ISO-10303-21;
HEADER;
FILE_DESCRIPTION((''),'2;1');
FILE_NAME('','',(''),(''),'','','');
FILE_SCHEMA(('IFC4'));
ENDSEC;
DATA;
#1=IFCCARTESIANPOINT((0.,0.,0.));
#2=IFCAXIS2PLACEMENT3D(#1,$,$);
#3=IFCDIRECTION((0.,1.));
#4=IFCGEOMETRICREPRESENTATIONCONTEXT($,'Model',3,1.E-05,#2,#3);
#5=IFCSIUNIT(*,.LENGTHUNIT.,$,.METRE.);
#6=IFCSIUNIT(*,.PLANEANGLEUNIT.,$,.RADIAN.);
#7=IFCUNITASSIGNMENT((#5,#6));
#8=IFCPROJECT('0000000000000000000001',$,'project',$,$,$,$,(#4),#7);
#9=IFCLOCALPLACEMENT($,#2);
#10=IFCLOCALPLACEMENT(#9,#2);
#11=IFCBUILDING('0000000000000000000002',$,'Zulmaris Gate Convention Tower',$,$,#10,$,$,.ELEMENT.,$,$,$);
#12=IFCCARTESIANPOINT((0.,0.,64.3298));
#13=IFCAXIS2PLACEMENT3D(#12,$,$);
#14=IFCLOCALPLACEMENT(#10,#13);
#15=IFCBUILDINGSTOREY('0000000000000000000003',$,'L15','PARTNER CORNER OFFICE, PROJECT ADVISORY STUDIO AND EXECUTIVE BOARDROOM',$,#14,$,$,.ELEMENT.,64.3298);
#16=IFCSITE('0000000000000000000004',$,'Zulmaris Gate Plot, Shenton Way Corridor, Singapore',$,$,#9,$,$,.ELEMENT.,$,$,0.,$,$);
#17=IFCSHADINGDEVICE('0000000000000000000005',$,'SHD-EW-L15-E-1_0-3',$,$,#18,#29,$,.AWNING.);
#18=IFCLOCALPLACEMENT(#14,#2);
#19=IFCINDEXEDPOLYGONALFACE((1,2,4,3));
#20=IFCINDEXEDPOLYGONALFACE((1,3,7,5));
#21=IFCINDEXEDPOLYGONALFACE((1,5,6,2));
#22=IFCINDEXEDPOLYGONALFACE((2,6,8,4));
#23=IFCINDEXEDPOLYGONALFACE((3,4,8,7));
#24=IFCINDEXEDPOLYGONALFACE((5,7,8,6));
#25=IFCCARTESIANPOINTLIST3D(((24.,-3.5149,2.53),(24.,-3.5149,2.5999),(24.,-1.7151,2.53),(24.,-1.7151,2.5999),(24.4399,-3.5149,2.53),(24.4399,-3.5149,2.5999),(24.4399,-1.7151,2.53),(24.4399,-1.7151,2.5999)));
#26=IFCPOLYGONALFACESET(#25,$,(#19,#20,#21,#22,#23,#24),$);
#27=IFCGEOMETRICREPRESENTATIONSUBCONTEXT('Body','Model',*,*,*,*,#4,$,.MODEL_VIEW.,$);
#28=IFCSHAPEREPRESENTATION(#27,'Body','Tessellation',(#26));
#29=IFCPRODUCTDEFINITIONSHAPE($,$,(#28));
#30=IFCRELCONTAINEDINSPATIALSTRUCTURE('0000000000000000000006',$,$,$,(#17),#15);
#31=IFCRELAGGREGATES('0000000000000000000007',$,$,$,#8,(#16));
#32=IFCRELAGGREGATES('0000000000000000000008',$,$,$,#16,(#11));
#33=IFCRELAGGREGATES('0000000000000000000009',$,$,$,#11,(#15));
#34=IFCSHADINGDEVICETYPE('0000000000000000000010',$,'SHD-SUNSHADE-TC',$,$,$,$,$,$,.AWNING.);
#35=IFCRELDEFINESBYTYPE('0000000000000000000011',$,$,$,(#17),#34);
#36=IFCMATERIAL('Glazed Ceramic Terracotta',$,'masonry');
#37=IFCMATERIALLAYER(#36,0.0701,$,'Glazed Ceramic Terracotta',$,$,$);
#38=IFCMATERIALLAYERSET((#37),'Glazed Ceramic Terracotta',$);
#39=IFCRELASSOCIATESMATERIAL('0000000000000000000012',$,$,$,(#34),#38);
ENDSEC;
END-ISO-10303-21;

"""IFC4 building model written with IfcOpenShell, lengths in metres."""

from ifc_helpers import new_model, si_unit, direction, frame, frame_2d, origin, place, context, subcontext, project, spatial, rectangle, extrude, material, layer, layer_set, type_object, element, save


model = new_model("IFC4")

# Units and contexts
model_context = context("Model", 3, precision=1e-05, world=origin(), true_north=direction((0.0, 1.0)))
body_context = subcontext(model_context, "Body", "Model", "MODEL_VIEW")
ifc_project = project(units=[si_unit("LENGTHUNIT", "METRE"), si_unit("PLANEANGLEUNIT", "RADIAN")], contexts=[model_context])

# Site, building, storey
site_placement = place(None, origin())
site = spatial("IfcSite", under=ifc_project, at=site_placement, Name="Zulmaris Gate Plot, Shenton Way Corridor, Singapore", CompositionType="ELEMENT", RefElevation=0.0)
building_placement = place(site_placement, origin())
building = spatial("IfcBuilding", under=site, at=building_placement, Name="Zulmaris Gate Convention Tower", CompositionType="ELEMENT")
storey_placement = place(building_placement, frame((0.0, 0.0, 64.3298)))
storey = spatial("IfcBuildingStorey", under=building, at=storey_placement, Name="L15", Description="PARTNER CORNER OFFICE, PROJECT ADVISORY STUDIO AND EXECUTIVE BOARDROOM", CompositionType="ELEMENT", Elevation=64.3298)

# Shading device
ifc_material_1 = material(Name="Glazed Ceramic Terracotta", Category="masonry")
ifc_layer_1 = layer(ifc_material_1, 0.0701, Name="Glazed Ceramic Terracotta")
ifc_layer_set_1 = layer_set([ifc_layer_1], Name="Glazed Ceramic Terracotta")
shading_device_type = type_object("IfcShadingDeviceType", Name="SHD-SUNSHADE-TC", PredefinedType="AWNING", material=ifc_layer_set_1)
for number, where, z_axis, x_axis, name in (
    (1, (24.22, -3.5149, 2.53), (0.0, 0.0, 1.0), (0.0, 1.0, 0.0), "SHD-EW-L15-E-1_0-3"),
):
    element("IfcShadingDevice", number, at=place(storey_placement, frame(where, z_axis=z_axis, x_axis=x_axis)), inside=storey, type_object=shading_device_type, Name=name, PredefinedType="AWNING", context=body_context, shape_type="SweptSolid", body=[
        extrude(rectangle(XDim=1.7998, YDim=0.4399, at=frame_2d((0.8999, 0.0))), origin(), (0.0, 0.0, 1.0), 0.0698),
    ])

save(model, "model.ifc")
